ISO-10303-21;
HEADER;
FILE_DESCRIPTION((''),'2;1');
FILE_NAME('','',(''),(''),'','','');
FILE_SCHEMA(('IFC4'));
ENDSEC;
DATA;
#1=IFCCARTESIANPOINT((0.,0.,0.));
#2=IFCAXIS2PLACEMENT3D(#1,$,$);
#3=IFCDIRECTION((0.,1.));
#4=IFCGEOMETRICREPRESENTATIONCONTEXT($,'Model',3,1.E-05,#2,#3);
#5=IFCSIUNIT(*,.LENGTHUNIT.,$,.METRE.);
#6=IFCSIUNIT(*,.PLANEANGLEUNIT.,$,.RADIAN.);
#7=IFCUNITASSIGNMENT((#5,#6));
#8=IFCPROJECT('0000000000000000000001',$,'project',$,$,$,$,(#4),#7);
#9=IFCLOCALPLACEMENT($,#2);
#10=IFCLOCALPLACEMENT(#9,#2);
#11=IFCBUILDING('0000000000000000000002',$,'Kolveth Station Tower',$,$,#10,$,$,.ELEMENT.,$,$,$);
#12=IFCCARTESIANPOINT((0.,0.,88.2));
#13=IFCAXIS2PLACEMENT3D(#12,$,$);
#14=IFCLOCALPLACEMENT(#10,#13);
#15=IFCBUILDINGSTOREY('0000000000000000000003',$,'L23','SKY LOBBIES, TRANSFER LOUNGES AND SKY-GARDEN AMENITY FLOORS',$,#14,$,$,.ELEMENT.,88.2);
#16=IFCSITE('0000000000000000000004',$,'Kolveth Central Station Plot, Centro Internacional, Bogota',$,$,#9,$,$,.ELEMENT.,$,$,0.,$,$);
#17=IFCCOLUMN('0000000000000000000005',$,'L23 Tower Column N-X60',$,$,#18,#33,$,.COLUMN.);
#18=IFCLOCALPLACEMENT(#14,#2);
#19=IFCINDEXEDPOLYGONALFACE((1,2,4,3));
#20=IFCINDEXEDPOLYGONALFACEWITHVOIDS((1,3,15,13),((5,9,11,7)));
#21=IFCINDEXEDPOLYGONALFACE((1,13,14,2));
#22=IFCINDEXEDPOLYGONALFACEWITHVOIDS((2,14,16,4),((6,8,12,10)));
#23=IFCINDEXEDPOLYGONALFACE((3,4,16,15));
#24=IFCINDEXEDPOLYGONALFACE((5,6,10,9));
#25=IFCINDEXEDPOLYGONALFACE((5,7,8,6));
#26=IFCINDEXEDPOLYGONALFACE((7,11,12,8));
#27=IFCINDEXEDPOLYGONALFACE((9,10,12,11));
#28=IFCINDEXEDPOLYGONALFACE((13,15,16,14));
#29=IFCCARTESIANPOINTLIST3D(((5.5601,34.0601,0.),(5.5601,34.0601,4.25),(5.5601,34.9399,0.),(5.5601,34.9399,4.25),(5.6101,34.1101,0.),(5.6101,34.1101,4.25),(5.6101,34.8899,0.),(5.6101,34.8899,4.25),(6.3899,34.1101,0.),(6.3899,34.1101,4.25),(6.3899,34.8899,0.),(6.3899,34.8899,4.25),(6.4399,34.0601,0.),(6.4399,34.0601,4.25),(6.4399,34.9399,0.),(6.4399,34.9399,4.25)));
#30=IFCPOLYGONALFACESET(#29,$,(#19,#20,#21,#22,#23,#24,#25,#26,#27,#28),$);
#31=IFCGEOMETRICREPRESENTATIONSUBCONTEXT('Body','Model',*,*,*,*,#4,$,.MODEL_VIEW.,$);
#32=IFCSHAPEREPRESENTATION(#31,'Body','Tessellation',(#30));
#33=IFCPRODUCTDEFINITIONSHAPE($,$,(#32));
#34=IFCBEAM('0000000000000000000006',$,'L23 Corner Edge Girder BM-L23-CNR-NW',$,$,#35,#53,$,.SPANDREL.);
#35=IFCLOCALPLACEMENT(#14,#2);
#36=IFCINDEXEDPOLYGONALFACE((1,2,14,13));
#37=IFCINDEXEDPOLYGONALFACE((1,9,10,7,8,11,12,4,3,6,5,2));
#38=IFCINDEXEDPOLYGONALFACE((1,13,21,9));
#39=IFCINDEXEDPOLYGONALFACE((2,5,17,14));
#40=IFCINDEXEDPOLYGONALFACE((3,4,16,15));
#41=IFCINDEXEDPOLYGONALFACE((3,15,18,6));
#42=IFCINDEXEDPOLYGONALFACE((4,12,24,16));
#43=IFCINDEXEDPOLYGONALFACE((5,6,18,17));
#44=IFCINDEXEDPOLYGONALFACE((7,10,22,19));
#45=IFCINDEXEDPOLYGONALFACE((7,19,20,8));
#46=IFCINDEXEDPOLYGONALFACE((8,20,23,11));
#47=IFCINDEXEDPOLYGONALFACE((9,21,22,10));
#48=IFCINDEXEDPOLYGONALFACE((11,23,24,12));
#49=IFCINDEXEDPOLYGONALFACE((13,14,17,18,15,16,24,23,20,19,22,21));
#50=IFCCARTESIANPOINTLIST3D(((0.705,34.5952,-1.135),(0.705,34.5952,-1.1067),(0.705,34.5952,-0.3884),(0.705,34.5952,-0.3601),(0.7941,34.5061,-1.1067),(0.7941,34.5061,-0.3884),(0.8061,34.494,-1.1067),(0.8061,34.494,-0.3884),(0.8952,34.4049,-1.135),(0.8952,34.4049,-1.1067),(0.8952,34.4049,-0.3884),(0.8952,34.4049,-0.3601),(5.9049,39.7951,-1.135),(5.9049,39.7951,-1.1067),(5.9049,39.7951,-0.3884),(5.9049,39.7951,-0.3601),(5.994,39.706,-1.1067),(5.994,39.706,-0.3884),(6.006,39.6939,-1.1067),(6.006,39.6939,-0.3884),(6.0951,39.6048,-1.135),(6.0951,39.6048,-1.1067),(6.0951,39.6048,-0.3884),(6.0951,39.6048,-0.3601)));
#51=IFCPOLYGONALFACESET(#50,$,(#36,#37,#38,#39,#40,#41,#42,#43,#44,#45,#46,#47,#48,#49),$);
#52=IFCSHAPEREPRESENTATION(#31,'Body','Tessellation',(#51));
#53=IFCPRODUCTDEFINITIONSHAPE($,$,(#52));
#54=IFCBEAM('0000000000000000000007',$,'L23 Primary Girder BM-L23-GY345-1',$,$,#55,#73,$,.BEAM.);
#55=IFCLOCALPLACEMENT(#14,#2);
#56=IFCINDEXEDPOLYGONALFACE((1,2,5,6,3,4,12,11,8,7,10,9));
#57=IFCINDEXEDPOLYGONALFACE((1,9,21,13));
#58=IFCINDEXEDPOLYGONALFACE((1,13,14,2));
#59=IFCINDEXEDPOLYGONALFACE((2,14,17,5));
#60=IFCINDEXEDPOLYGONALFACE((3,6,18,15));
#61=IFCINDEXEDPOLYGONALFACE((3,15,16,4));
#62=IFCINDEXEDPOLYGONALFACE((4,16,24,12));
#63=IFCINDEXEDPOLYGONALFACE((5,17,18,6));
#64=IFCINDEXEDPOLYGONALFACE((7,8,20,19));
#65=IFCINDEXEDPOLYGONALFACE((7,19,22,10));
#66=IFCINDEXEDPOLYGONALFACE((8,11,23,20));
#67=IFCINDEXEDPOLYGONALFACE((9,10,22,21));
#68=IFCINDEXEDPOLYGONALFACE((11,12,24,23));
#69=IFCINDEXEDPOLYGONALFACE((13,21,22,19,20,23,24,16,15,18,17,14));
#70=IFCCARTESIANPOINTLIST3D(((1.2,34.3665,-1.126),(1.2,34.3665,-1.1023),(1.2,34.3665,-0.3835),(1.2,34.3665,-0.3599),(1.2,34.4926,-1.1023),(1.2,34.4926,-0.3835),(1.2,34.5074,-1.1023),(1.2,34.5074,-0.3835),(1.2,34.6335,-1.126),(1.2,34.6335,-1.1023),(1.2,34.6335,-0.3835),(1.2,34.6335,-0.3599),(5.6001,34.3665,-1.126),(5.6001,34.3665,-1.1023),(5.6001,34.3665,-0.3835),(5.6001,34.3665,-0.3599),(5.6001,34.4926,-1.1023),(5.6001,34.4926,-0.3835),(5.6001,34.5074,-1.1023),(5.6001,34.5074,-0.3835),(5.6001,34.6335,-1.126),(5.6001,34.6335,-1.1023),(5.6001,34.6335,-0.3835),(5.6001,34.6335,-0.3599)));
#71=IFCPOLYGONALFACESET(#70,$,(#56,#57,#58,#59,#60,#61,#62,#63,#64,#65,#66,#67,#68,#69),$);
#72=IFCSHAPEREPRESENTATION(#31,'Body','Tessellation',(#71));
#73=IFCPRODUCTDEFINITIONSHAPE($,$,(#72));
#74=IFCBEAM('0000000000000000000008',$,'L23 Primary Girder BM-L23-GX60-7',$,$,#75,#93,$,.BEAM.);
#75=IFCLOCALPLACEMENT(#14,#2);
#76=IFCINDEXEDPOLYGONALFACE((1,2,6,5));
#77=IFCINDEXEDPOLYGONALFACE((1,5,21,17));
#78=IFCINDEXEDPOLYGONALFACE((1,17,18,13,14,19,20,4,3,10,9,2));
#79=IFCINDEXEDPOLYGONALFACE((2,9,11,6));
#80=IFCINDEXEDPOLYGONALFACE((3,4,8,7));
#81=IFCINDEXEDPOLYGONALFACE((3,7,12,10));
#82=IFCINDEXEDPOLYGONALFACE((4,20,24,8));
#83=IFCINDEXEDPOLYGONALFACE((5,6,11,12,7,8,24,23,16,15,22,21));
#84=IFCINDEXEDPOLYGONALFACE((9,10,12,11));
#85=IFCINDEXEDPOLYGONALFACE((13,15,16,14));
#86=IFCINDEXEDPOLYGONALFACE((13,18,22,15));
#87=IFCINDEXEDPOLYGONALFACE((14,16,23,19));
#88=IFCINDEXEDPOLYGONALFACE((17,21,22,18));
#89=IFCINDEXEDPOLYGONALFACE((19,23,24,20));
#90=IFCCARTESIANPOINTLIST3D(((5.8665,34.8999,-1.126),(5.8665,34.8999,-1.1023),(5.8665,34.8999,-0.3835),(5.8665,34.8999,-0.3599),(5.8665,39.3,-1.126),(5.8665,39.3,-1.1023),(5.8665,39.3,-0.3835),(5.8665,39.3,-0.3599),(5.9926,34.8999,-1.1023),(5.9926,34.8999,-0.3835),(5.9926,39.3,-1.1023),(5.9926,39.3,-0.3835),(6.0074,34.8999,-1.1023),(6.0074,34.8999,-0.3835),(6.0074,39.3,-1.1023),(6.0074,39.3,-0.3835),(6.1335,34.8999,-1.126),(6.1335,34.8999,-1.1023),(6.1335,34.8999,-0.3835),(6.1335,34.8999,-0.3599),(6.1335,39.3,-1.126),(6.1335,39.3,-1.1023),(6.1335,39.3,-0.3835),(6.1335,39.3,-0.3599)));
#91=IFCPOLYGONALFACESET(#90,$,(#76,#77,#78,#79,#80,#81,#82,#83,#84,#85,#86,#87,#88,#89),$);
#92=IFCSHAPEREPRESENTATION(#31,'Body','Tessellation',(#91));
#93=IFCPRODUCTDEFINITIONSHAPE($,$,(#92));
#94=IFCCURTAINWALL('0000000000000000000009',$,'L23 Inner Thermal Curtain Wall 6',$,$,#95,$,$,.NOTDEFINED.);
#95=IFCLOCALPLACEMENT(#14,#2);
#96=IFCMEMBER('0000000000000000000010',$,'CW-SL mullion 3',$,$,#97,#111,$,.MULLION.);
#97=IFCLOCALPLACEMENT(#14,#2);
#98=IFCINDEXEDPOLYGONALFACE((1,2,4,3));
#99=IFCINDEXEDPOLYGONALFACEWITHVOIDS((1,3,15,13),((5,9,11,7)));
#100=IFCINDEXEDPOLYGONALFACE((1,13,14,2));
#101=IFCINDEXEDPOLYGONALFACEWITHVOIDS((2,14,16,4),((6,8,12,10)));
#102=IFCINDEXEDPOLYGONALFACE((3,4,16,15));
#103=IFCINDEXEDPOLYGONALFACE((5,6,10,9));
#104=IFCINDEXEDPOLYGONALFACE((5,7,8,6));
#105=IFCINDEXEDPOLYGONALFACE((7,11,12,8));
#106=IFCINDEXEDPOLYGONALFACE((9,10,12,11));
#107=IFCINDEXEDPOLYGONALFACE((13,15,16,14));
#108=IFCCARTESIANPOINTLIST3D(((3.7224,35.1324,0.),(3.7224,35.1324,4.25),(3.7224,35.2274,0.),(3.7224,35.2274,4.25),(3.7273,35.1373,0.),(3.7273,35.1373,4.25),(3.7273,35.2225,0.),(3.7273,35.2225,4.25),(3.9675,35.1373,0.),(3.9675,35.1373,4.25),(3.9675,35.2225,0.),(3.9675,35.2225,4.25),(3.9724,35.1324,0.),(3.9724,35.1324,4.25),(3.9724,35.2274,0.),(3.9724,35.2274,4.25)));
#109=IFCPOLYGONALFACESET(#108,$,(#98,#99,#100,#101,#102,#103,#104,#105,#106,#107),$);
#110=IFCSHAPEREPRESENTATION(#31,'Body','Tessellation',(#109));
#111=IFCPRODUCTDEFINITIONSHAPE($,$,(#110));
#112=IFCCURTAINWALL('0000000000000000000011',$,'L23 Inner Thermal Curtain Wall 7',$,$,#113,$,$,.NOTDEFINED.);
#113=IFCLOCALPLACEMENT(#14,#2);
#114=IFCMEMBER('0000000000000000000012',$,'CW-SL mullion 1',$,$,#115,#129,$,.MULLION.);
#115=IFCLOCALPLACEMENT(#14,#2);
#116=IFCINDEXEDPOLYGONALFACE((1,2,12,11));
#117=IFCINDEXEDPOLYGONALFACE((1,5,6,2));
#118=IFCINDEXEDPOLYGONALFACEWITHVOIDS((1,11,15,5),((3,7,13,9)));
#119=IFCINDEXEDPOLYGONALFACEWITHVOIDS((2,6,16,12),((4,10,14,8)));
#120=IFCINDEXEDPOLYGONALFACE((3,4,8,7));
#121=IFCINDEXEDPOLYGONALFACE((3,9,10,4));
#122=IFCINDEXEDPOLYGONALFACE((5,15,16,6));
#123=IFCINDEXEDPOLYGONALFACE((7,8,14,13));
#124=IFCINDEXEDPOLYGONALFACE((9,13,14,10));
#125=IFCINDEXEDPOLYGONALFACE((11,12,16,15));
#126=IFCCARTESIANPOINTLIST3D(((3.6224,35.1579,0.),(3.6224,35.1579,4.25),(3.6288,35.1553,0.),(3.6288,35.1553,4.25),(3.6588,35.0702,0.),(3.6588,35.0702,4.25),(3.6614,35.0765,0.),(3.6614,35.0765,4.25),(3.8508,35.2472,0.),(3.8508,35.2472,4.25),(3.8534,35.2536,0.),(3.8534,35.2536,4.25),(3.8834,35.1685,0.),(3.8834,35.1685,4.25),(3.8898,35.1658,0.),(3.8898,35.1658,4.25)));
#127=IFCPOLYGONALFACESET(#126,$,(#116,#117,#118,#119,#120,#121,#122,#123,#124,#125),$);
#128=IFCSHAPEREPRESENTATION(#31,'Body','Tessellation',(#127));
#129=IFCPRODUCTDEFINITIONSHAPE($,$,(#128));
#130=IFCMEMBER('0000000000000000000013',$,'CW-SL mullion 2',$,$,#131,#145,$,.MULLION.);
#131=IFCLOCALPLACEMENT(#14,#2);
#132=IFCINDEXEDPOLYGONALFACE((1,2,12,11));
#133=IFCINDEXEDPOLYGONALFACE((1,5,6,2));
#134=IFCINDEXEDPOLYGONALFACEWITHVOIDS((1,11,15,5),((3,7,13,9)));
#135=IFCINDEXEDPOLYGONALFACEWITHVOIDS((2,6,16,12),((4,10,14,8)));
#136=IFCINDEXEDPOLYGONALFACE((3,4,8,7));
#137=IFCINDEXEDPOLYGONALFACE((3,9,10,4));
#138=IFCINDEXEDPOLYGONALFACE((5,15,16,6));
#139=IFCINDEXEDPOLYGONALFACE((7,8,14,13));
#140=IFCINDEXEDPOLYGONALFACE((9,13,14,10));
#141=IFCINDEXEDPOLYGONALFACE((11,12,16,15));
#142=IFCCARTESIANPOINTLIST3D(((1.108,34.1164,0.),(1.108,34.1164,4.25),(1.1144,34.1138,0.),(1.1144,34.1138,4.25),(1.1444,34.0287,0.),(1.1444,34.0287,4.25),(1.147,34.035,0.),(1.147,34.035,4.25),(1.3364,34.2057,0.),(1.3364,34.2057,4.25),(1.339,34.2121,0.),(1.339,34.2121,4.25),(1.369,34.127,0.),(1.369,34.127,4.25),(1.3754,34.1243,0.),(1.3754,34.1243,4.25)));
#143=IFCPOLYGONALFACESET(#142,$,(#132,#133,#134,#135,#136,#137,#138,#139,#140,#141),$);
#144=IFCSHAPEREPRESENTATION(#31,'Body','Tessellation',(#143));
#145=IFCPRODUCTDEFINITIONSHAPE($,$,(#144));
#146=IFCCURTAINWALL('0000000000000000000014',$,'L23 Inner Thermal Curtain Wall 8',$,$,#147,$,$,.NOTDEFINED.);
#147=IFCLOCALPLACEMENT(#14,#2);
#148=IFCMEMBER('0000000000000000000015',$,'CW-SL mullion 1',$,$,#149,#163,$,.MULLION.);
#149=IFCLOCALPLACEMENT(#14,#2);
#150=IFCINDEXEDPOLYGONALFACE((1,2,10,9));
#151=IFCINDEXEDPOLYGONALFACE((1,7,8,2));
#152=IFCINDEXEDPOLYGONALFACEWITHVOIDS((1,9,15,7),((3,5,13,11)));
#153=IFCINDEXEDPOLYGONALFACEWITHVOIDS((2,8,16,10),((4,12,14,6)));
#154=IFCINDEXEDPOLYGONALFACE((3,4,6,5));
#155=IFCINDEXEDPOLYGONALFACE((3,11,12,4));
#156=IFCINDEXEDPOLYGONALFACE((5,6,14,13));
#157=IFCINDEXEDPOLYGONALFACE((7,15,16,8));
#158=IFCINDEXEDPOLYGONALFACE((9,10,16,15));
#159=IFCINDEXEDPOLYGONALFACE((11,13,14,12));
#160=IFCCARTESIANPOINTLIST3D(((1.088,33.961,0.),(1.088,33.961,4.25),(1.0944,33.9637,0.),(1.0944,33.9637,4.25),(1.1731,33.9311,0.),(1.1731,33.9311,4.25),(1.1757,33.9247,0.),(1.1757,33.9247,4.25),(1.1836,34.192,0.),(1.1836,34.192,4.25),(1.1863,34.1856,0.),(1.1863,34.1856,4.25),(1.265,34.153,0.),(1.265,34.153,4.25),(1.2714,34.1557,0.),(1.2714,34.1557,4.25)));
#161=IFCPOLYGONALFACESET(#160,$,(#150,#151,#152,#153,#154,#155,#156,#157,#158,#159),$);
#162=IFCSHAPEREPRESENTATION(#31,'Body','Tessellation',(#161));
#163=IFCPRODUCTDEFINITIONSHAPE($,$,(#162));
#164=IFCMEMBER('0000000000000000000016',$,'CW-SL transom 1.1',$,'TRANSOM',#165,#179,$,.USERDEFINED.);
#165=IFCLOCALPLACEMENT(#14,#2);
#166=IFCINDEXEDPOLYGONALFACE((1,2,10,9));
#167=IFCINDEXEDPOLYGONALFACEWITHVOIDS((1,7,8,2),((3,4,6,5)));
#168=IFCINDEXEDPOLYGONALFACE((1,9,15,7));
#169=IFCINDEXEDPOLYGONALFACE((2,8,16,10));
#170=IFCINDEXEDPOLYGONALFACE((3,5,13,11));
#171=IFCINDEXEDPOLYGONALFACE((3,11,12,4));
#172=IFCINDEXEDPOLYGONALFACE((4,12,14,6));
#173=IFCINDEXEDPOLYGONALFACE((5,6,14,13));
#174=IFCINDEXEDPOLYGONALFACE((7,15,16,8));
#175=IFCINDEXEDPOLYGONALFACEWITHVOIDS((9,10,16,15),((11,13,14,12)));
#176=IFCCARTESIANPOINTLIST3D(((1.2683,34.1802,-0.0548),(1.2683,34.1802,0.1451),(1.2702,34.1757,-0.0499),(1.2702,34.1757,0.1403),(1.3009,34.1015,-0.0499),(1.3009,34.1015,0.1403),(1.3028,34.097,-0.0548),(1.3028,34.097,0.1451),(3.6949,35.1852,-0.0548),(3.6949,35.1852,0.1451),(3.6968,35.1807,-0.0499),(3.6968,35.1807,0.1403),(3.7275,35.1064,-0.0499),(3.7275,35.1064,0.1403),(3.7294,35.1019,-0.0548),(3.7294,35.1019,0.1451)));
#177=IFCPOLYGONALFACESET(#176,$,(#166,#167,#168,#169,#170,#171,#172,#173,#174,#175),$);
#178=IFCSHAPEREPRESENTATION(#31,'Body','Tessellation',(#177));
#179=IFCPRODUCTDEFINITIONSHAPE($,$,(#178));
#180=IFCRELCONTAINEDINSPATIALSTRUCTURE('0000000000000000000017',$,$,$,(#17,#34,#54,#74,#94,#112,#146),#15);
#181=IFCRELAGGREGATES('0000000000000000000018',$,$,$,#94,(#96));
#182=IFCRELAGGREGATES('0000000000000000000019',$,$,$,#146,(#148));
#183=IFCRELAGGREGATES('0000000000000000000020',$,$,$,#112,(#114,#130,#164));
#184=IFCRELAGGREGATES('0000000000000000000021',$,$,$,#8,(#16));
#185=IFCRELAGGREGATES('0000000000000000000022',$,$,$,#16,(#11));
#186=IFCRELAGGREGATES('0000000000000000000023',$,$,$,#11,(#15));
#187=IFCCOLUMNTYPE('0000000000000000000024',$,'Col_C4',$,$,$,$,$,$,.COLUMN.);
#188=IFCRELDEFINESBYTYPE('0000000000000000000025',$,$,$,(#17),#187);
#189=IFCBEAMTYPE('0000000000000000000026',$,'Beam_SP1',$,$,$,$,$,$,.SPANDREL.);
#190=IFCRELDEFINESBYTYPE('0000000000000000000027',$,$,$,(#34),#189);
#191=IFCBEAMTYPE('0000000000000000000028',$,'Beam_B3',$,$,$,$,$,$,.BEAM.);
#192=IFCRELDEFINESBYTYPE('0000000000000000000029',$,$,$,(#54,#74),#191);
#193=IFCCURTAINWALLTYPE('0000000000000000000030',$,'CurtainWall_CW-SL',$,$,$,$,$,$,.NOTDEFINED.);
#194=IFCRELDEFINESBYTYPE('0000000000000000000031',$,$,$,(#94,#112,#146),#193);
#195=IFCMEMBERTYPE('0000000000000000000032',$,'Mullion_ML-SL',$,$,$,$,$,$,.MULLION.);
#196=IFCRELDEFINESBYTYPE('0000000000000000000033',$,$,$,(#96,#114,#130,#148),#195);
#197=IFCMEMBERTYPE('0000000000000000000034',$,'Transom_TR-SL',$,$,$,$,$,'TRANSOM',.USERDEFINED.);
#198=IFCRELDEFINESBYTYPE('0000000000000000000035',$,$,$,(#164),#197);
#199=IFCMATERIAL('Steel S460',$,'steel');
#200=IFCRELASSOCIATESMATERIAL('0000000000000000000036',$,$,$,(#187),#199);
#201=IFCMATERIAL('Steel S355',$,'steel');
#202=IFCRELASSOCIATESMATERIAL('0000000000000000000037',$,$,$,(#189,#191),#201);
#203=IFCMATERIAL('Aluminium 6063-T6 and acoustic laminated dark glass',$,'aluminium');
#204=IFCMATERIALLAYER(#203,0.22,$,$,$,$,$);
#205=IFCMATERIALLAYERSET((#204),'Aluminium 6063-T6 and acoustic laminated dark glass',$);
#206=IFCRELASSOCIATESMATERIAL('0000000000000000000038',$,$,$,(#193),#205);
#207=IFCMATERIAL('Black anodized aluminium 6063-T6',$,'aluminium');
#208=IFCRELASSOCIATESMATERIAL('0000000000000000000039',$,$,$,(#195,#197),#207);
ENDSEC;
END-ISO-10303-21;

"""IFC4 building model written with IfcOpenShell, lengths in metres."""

from ifc_helpers import new_model, si_unit, direction, frame, origin, origin_2d, place, context, subcontext, project, spatial, hollow_rectangle, i_section, extrude, source, transform, mapped, material, layer, layer_set, material_profile, profile_set, type_object, element, aggregate, save


model = new_model("IFC4")

# Units and contexts
model_context = context("Model", 3, precision=1e-05, world=origin(), true_north=direction((0.0, 1.0)))
body_context = subcontext(model_context, "Body", "Model", "MODEL_VIEW")
ifc_project = project(units=[si_unit("LENGTHUNIT", "METRE"), si_unit("PLANEANGLEUNIT", "RADIAN")], contexts=[model_context])

# Site, building, storey
site_placement = place(None, origin())
site = spatial("IfcSite", under=ifc_project, at=site_placement, Name="Kolveth Central Station Plot, Centro Internacional, Bogota", CompositionType="ELEMENT", RefElevation=0.0)
building_placement = place(site_placement, origin())
building = spatial("IfcBuilding", under=site, at=building_placement, Name="Kolveth Station Tower", CompositionType="ELEMENT")
storey_placement = place(building_placement, frame((0.0, 0.0, 88.2)))
storey = spatial("IfcBuildingStorey", under=building, at=storey_placement, Name="L23", Description="SKY LOBBIES, TRANSFER LOUNGES AND SKY-GARDEN AMENITY FLOORS", CompositionType="ELEMENT", Elevation=88.2)

# Column
ifc_material_1 = material(Name="Steel S460", Category="steel")
ifc_material_profile_1 = material_profile(ifc_material_1, hollow_rectangle(XDim=0.8799, YDim=0.8799, WallThickness=0.05, at=origin_2d()), Name="BOX880x880x50")
ifc_profile_set_1 = profile_set([ifc_material_profile_1], Name="Steel S460")
column_type = type_object("IfcColumnType", Name="Col_C4", PredefinedType="COLUMN", material=ifc_profile_set_1)
shared_shape_1 = source(origin(), body_context, "Body", "SweptSolid", [
    extrude(hollow_rectangle(XDim=0.8799, YDim=0.8799, WallThickness=0.05, at=origin_2d()), origin(), (0.0, 0.0, 1.0), 4.25),
])
column_placement = place(storey_placement, frame((6.0, 34.5, 0.0), z_axis=(0.0, 0.0, 1.0), x_axis=(1.0, 0.0, 0.0)))
element("IfcColumn", 1, at=column_placement, inside=storey, type_object=column_type, Name="L23 Tower Column N-X60", PredefinedType="COLUMN", context=body_context, shape_type="MappedRepresentation", body=[
    mapped(shared_shape_1, transform((0.0, 0.0, 0.0), x_axis=(1.0, 0.0, 0.0), y_axis=(0.0, 1.0, 0.0), z_axis=(0.0, 0.0, 1.0), scale=1.0)),
])

# Beams
ifc_material_2 = material(Name="Steel S355", Category="steel")
ifc_material_profile_2 = material_profile(ifc_material_2, i_section(OverallWidth=0.269, OverallDepth=0.7749, WebThickness=0.0171, FlangeThickness=0.0283, at=origin_2d()), Name="W760x220")
ifc_profile_set_2 = profile_set([ifc_material_profile_2], Name="Steel S355")
beam_type_1 = type_object("IfcBeamType", Name="Beam_SP1", PredefinedType="SPANDREL", material=ifc_profile_set_2)
shared_shape_2 = source(origin(), body_context, "Body", "SweptSolid", [
    extrude(i_section(OverallWidth=0.269, OverallDepth=0.7749, WebThickness=0.0171, FlangeThickness=0.0283, at=origin_2d()), origin(), (0.0, 0.0, 1.0), 7.3538),
])
beam_placement = place(storey_placement, frame((6.0, 39.7, -0.7476), z_axis=(-0.707107, -0.707107, 0.0), x_axis=(0.707107, -0.707107, 0.0)))
element("IfcBeam", 2, at=beam_placement, inside=storey, type_object=beam_type_1, Name="L23 Corner Edge Girder BM-L23-CNR-NW", PredefinedType="SPANDREL", context=body_context, shape_type="MappedRepresentation", body=[
    mapped(shared_shape_2, transform((0.0, 0.0, 0.0), x_axis=(1.0, 0.0, 0.0), y_axis=(0.0, 1.0, 0.0), z_axis=(0.0, 0.0, 1.0), scale=1.0)),
])
ifc_material_profile_3 = material_profile(ifc_material_2, i_section(OverallWidth=0.2671, OverallDepth=0.7661, WebThickness=0.0149, FlangeThickness=0.0237, at=origin_2d()), Name="W760x185")
ifc_profile_set_3 = profile_set([ifc_material_profile_3], Name="Steel S355")
beam_type_2 = type_object("IfcBeamType", Name="Beam_B3", PredefinedType="BEAM", material=ifc_profile_set_3)
shared_shape_3 = source(origin(), body_context, "Body", "SweptSolid", [
    extrude(i_section(OverallWidth=0.2671, OverallDepth=0.7661, WebThickness=0.0149, FlangeThickness=0.0237, at=origin_2d()), origin(), (0.0, 0.0, 1.0), 4.4001),
])
for number, where, z_axis, x_axis, name in (
    (3, (1.2, 34.5, -0.7429), (1.0, 0.0, 0.0), (0.0, 1.0, 0.0), "L23 Primary Girder BM-L23-GY345-1"),
    (4, (6.0, 34.8999, -0.7429), (0.0, 1.0, 0.0), (-1.0, 0.0, 0.0), "L23 Primary Girder BM-L23-GX60-7"),
):
    element("IfcBeam", number, at=place(storey_placement, frame(where, z_axis=z_axis, x_axis=x_axis)), inside=storey, type_object=beam_type_2, Name=name, PredefinedType="BEAM", context=body_context, shape_type="MappedRepresentation", body=[
        mapped(shared_shape_3, transform((0.0, 0.0, 0.0), x_axis=(1.0, 0.0, 0.0), y_axis=(0.0, 1.0, 0.0), z_axis=(0.0, 0.0, 1.0), scale=1.0)),
    ])

# Curtain wall, member
ifc_material_3 = material(Name="Aluminium 6063-T6 and acoustic laminated dark glass", Category="aluminium")
ifc_layer_1 = layer(ifc_material_3, 0.22)
ifc_layer_set_1 = layer_set([ifc_layer_1], Name="Aluminium 6063-T6 and acoustic laminated dark glass")
curtain_wall_type_1 = type_object("IfcCurtainWallType", Name="CurtainWall_CW-SL", PredefinedType="NOTDEFINED", material=ifc_layer_set_1)
curtain_wall_1_placement = place(storey_placement, origin())
curtain_wall_1 = element("IfcCurtainWall", 5, at=curtain_wall_1_placement, inside=storey, type_object=curtain_wall_type_1, Name="L23 Inner Thermal Curtain Wall 6", PredefinedType="NOTDEFINED")
ifc_material_4 = material(Name="Black anodized aluminium 6063-T6", Category="aluminium")
ifc_material_profile_4 = material_profile(ifc_material_4, hollow_rectangle(XDim=0.095, YDim=0.25, WallThickness=0.0049, at=origin_2d()), Name="ALU-95x250x5")
ifc_profile_set_4 = profile_set([ifc_material_profile_4], Name="Black anodized aluminium 6063-T6")
member_type_1 = type_object("IfcMemberType", Name="Mullion_ML-SL", PredefinedType="MULLION", material=ifc_profile_set_4)
shared_shape_4 = source(origin(), body_context, "Body", "SweptSolid", [
    extrude(hollow_rectangle(XDim=0.095, YDim=0.25, WallThickness=0.0049, at=origin_2d()), origin(), (0.0, 0.0, 1.0), 4.25),
])
member_1_placement = place(storey_placement, frame((3.8474, 35.1799, 0.0), z_axis=(0.0, 0.0, 1.0), x_axis=(0.0, -1.0, 0.0)))
member_1 = element("IfcMember", 6, at=member_1_placement, type_object=member_type_1, Name="CW-SL mullion 3", PredefinedType="MULLION", context=body_context, shape_type="MappedRepresentation", body=[
    mapped(shared_shape_4, transform((0.0, 0.0, 0.0), x_axis=(1.0, 0.0, 0.0), y_axis=(0.0, 1.0, 0.0), z_axis=(0.0, 0.0, 1.0), scale=1.0)),
])
aggregate(curtain_wall_1, [member_1])

# Curtain wall, members
curtain_wall_2_placement = place(storey_placement, origin())
curtain_wall_2 = element("IfcCurtainWall", 7, at=curtain_wall_2_placement, inside=storey, type_object=curtain_wall_type_1, Name="L23 Inner Thermal Curtain Wall 7", PredefinedType="NOTDEFINED")
member_2_placement = place(storey_placement, frame((3.7561, 35.1619, 0.0), z_axis=(0.0, 0.0, 1.0), x_axis=(0.382663, -0.923888, 0.0)))
member_2 = element("IfcMember", 8, at=member_2_placement, type_object=member_type_1, Name="CW-SL mullion 1", PredefinedType="MULLION", context=body_context, shape_type="MappedRepresentation", body=[
    mapped(shared_shape_4, transform((0.0, 0.0, 0.0), x_axis=(1.0, 0.0, 0.0), y_axis=(0.0, 1.0, 0.0), z_axis=(0.0, 0.0, 1.0), scale=1.0)),
])
member_3_placement = place(storey_placement, frame((1.2417, 34.1204, 0.0), z_axis=(0.0, 0.0, 1.0), x_axis=(0.382663, -0.923888, 0.0)))
member_3 = element("IfcMember", 9, at=member_3_placement, type_object=member_type_1, Name="CW-SL mullion 2", PredefinedType="MULLION", context=body_context, shape_type="MappedRepresentation", body=[
    mapped(shared_shape_4, transform((0.0, 0.0, 0.0), x_axis=(1.0, 0.0, 0.0), y_axis=(0.0, 1.0, 0.0), z_axis=(0.0, 0.0, 1.0), scale=1.0)),
])

# Curtain wall, member
curtain_wall_3_placement = place(storey_placement, origin())
curtain_wall_3 = element("IfcCurtainWall", 10, at=curtain_wall_3_placement, inside=storey, type_object=curtain_wall_type_1, Name="L23 Inner Thermal Curtain Wall 8", PredefinedType="NOTDEFINED")
member_4_placement = place(storey_placement, frame((1.1797, 34.0583, 0.0), z_axis=(0.0, 0.0, 1.0), x_axis=(0.923888, -0.382663, 0.0)))
member_4 = element("IfcMember", 11, at=member_4_placement, type_object=member_type_1, Name="CW-SL mullion 1", PredefinedType="MULLION", context=body_context, shape_type="MappedRepresentation", body=[
    mapped(shared_shape_4, transform((0.0, 0.0, 0.0), x_axis=(1.0, 0.0, 0.0), y_axis=(0.0, 1.0, 0.0), z_axis=(0.0, 0.0, 1.0), scale=1.0)),
])
aggregate(curtain_wall_3, [member_4])

# Member
ifc_material_profile_5 = material_profile(ifc_material_4, hollow_rectangle(XDim=0.0901, YDim=0.2, WallThickness=0.0049, at=origin_2d()), Name="ALU-90x200x5")
ifc_profile_set_5 = profile_set([ifc_material_profile_5], Name="Black anodized aluminium 6063-T6")
member_type_2 = type_object("IfcMemberType", Name="Transom_TR-SL", ElementType="TRANSOM", PredefinedType="USERDEFINED", material=ifc_profile_set_5)
shared_shape_5 = source(origin(), body_context, "Body", "SweptSolid", [
    extrude(hollow_rectangle(XDim=0.0901, YDim=0.2, WallThickness=0.0049, at=origin_2d()), origin(), (0.0, 0.0, 1.0), 2.6265),
])
member_5_placement = place(storey_placement, frame((3.7122, 35.1436, 0.0452), z_axis=(-0.923908, -0.382615, 0.0), x_axis=(0.382615, -0.923908, 0.0)))
member_5 = element("IfcMember", 12, at=member_5_placement, type_object=member_type_2, Name="CW-SL transom 1.1", ObjectType="TRANSOM", PredefinedType="USERDEFINED", context=body_context, shape_type="MappedRepresentation", body=[
    mapped(shared_shape_5, transform((0.0, 0.0, 0.0), x_axis=(1.0, 0.0, 0.0), y_axis=(0.0, 1.0, 0.0), z_axis=(0.0, 0.0, 1.0), scale=1.0)),
])

aggregate(curtain_wall_2, [member_2, member_3, member_5])

save(model, "model.ifc")
